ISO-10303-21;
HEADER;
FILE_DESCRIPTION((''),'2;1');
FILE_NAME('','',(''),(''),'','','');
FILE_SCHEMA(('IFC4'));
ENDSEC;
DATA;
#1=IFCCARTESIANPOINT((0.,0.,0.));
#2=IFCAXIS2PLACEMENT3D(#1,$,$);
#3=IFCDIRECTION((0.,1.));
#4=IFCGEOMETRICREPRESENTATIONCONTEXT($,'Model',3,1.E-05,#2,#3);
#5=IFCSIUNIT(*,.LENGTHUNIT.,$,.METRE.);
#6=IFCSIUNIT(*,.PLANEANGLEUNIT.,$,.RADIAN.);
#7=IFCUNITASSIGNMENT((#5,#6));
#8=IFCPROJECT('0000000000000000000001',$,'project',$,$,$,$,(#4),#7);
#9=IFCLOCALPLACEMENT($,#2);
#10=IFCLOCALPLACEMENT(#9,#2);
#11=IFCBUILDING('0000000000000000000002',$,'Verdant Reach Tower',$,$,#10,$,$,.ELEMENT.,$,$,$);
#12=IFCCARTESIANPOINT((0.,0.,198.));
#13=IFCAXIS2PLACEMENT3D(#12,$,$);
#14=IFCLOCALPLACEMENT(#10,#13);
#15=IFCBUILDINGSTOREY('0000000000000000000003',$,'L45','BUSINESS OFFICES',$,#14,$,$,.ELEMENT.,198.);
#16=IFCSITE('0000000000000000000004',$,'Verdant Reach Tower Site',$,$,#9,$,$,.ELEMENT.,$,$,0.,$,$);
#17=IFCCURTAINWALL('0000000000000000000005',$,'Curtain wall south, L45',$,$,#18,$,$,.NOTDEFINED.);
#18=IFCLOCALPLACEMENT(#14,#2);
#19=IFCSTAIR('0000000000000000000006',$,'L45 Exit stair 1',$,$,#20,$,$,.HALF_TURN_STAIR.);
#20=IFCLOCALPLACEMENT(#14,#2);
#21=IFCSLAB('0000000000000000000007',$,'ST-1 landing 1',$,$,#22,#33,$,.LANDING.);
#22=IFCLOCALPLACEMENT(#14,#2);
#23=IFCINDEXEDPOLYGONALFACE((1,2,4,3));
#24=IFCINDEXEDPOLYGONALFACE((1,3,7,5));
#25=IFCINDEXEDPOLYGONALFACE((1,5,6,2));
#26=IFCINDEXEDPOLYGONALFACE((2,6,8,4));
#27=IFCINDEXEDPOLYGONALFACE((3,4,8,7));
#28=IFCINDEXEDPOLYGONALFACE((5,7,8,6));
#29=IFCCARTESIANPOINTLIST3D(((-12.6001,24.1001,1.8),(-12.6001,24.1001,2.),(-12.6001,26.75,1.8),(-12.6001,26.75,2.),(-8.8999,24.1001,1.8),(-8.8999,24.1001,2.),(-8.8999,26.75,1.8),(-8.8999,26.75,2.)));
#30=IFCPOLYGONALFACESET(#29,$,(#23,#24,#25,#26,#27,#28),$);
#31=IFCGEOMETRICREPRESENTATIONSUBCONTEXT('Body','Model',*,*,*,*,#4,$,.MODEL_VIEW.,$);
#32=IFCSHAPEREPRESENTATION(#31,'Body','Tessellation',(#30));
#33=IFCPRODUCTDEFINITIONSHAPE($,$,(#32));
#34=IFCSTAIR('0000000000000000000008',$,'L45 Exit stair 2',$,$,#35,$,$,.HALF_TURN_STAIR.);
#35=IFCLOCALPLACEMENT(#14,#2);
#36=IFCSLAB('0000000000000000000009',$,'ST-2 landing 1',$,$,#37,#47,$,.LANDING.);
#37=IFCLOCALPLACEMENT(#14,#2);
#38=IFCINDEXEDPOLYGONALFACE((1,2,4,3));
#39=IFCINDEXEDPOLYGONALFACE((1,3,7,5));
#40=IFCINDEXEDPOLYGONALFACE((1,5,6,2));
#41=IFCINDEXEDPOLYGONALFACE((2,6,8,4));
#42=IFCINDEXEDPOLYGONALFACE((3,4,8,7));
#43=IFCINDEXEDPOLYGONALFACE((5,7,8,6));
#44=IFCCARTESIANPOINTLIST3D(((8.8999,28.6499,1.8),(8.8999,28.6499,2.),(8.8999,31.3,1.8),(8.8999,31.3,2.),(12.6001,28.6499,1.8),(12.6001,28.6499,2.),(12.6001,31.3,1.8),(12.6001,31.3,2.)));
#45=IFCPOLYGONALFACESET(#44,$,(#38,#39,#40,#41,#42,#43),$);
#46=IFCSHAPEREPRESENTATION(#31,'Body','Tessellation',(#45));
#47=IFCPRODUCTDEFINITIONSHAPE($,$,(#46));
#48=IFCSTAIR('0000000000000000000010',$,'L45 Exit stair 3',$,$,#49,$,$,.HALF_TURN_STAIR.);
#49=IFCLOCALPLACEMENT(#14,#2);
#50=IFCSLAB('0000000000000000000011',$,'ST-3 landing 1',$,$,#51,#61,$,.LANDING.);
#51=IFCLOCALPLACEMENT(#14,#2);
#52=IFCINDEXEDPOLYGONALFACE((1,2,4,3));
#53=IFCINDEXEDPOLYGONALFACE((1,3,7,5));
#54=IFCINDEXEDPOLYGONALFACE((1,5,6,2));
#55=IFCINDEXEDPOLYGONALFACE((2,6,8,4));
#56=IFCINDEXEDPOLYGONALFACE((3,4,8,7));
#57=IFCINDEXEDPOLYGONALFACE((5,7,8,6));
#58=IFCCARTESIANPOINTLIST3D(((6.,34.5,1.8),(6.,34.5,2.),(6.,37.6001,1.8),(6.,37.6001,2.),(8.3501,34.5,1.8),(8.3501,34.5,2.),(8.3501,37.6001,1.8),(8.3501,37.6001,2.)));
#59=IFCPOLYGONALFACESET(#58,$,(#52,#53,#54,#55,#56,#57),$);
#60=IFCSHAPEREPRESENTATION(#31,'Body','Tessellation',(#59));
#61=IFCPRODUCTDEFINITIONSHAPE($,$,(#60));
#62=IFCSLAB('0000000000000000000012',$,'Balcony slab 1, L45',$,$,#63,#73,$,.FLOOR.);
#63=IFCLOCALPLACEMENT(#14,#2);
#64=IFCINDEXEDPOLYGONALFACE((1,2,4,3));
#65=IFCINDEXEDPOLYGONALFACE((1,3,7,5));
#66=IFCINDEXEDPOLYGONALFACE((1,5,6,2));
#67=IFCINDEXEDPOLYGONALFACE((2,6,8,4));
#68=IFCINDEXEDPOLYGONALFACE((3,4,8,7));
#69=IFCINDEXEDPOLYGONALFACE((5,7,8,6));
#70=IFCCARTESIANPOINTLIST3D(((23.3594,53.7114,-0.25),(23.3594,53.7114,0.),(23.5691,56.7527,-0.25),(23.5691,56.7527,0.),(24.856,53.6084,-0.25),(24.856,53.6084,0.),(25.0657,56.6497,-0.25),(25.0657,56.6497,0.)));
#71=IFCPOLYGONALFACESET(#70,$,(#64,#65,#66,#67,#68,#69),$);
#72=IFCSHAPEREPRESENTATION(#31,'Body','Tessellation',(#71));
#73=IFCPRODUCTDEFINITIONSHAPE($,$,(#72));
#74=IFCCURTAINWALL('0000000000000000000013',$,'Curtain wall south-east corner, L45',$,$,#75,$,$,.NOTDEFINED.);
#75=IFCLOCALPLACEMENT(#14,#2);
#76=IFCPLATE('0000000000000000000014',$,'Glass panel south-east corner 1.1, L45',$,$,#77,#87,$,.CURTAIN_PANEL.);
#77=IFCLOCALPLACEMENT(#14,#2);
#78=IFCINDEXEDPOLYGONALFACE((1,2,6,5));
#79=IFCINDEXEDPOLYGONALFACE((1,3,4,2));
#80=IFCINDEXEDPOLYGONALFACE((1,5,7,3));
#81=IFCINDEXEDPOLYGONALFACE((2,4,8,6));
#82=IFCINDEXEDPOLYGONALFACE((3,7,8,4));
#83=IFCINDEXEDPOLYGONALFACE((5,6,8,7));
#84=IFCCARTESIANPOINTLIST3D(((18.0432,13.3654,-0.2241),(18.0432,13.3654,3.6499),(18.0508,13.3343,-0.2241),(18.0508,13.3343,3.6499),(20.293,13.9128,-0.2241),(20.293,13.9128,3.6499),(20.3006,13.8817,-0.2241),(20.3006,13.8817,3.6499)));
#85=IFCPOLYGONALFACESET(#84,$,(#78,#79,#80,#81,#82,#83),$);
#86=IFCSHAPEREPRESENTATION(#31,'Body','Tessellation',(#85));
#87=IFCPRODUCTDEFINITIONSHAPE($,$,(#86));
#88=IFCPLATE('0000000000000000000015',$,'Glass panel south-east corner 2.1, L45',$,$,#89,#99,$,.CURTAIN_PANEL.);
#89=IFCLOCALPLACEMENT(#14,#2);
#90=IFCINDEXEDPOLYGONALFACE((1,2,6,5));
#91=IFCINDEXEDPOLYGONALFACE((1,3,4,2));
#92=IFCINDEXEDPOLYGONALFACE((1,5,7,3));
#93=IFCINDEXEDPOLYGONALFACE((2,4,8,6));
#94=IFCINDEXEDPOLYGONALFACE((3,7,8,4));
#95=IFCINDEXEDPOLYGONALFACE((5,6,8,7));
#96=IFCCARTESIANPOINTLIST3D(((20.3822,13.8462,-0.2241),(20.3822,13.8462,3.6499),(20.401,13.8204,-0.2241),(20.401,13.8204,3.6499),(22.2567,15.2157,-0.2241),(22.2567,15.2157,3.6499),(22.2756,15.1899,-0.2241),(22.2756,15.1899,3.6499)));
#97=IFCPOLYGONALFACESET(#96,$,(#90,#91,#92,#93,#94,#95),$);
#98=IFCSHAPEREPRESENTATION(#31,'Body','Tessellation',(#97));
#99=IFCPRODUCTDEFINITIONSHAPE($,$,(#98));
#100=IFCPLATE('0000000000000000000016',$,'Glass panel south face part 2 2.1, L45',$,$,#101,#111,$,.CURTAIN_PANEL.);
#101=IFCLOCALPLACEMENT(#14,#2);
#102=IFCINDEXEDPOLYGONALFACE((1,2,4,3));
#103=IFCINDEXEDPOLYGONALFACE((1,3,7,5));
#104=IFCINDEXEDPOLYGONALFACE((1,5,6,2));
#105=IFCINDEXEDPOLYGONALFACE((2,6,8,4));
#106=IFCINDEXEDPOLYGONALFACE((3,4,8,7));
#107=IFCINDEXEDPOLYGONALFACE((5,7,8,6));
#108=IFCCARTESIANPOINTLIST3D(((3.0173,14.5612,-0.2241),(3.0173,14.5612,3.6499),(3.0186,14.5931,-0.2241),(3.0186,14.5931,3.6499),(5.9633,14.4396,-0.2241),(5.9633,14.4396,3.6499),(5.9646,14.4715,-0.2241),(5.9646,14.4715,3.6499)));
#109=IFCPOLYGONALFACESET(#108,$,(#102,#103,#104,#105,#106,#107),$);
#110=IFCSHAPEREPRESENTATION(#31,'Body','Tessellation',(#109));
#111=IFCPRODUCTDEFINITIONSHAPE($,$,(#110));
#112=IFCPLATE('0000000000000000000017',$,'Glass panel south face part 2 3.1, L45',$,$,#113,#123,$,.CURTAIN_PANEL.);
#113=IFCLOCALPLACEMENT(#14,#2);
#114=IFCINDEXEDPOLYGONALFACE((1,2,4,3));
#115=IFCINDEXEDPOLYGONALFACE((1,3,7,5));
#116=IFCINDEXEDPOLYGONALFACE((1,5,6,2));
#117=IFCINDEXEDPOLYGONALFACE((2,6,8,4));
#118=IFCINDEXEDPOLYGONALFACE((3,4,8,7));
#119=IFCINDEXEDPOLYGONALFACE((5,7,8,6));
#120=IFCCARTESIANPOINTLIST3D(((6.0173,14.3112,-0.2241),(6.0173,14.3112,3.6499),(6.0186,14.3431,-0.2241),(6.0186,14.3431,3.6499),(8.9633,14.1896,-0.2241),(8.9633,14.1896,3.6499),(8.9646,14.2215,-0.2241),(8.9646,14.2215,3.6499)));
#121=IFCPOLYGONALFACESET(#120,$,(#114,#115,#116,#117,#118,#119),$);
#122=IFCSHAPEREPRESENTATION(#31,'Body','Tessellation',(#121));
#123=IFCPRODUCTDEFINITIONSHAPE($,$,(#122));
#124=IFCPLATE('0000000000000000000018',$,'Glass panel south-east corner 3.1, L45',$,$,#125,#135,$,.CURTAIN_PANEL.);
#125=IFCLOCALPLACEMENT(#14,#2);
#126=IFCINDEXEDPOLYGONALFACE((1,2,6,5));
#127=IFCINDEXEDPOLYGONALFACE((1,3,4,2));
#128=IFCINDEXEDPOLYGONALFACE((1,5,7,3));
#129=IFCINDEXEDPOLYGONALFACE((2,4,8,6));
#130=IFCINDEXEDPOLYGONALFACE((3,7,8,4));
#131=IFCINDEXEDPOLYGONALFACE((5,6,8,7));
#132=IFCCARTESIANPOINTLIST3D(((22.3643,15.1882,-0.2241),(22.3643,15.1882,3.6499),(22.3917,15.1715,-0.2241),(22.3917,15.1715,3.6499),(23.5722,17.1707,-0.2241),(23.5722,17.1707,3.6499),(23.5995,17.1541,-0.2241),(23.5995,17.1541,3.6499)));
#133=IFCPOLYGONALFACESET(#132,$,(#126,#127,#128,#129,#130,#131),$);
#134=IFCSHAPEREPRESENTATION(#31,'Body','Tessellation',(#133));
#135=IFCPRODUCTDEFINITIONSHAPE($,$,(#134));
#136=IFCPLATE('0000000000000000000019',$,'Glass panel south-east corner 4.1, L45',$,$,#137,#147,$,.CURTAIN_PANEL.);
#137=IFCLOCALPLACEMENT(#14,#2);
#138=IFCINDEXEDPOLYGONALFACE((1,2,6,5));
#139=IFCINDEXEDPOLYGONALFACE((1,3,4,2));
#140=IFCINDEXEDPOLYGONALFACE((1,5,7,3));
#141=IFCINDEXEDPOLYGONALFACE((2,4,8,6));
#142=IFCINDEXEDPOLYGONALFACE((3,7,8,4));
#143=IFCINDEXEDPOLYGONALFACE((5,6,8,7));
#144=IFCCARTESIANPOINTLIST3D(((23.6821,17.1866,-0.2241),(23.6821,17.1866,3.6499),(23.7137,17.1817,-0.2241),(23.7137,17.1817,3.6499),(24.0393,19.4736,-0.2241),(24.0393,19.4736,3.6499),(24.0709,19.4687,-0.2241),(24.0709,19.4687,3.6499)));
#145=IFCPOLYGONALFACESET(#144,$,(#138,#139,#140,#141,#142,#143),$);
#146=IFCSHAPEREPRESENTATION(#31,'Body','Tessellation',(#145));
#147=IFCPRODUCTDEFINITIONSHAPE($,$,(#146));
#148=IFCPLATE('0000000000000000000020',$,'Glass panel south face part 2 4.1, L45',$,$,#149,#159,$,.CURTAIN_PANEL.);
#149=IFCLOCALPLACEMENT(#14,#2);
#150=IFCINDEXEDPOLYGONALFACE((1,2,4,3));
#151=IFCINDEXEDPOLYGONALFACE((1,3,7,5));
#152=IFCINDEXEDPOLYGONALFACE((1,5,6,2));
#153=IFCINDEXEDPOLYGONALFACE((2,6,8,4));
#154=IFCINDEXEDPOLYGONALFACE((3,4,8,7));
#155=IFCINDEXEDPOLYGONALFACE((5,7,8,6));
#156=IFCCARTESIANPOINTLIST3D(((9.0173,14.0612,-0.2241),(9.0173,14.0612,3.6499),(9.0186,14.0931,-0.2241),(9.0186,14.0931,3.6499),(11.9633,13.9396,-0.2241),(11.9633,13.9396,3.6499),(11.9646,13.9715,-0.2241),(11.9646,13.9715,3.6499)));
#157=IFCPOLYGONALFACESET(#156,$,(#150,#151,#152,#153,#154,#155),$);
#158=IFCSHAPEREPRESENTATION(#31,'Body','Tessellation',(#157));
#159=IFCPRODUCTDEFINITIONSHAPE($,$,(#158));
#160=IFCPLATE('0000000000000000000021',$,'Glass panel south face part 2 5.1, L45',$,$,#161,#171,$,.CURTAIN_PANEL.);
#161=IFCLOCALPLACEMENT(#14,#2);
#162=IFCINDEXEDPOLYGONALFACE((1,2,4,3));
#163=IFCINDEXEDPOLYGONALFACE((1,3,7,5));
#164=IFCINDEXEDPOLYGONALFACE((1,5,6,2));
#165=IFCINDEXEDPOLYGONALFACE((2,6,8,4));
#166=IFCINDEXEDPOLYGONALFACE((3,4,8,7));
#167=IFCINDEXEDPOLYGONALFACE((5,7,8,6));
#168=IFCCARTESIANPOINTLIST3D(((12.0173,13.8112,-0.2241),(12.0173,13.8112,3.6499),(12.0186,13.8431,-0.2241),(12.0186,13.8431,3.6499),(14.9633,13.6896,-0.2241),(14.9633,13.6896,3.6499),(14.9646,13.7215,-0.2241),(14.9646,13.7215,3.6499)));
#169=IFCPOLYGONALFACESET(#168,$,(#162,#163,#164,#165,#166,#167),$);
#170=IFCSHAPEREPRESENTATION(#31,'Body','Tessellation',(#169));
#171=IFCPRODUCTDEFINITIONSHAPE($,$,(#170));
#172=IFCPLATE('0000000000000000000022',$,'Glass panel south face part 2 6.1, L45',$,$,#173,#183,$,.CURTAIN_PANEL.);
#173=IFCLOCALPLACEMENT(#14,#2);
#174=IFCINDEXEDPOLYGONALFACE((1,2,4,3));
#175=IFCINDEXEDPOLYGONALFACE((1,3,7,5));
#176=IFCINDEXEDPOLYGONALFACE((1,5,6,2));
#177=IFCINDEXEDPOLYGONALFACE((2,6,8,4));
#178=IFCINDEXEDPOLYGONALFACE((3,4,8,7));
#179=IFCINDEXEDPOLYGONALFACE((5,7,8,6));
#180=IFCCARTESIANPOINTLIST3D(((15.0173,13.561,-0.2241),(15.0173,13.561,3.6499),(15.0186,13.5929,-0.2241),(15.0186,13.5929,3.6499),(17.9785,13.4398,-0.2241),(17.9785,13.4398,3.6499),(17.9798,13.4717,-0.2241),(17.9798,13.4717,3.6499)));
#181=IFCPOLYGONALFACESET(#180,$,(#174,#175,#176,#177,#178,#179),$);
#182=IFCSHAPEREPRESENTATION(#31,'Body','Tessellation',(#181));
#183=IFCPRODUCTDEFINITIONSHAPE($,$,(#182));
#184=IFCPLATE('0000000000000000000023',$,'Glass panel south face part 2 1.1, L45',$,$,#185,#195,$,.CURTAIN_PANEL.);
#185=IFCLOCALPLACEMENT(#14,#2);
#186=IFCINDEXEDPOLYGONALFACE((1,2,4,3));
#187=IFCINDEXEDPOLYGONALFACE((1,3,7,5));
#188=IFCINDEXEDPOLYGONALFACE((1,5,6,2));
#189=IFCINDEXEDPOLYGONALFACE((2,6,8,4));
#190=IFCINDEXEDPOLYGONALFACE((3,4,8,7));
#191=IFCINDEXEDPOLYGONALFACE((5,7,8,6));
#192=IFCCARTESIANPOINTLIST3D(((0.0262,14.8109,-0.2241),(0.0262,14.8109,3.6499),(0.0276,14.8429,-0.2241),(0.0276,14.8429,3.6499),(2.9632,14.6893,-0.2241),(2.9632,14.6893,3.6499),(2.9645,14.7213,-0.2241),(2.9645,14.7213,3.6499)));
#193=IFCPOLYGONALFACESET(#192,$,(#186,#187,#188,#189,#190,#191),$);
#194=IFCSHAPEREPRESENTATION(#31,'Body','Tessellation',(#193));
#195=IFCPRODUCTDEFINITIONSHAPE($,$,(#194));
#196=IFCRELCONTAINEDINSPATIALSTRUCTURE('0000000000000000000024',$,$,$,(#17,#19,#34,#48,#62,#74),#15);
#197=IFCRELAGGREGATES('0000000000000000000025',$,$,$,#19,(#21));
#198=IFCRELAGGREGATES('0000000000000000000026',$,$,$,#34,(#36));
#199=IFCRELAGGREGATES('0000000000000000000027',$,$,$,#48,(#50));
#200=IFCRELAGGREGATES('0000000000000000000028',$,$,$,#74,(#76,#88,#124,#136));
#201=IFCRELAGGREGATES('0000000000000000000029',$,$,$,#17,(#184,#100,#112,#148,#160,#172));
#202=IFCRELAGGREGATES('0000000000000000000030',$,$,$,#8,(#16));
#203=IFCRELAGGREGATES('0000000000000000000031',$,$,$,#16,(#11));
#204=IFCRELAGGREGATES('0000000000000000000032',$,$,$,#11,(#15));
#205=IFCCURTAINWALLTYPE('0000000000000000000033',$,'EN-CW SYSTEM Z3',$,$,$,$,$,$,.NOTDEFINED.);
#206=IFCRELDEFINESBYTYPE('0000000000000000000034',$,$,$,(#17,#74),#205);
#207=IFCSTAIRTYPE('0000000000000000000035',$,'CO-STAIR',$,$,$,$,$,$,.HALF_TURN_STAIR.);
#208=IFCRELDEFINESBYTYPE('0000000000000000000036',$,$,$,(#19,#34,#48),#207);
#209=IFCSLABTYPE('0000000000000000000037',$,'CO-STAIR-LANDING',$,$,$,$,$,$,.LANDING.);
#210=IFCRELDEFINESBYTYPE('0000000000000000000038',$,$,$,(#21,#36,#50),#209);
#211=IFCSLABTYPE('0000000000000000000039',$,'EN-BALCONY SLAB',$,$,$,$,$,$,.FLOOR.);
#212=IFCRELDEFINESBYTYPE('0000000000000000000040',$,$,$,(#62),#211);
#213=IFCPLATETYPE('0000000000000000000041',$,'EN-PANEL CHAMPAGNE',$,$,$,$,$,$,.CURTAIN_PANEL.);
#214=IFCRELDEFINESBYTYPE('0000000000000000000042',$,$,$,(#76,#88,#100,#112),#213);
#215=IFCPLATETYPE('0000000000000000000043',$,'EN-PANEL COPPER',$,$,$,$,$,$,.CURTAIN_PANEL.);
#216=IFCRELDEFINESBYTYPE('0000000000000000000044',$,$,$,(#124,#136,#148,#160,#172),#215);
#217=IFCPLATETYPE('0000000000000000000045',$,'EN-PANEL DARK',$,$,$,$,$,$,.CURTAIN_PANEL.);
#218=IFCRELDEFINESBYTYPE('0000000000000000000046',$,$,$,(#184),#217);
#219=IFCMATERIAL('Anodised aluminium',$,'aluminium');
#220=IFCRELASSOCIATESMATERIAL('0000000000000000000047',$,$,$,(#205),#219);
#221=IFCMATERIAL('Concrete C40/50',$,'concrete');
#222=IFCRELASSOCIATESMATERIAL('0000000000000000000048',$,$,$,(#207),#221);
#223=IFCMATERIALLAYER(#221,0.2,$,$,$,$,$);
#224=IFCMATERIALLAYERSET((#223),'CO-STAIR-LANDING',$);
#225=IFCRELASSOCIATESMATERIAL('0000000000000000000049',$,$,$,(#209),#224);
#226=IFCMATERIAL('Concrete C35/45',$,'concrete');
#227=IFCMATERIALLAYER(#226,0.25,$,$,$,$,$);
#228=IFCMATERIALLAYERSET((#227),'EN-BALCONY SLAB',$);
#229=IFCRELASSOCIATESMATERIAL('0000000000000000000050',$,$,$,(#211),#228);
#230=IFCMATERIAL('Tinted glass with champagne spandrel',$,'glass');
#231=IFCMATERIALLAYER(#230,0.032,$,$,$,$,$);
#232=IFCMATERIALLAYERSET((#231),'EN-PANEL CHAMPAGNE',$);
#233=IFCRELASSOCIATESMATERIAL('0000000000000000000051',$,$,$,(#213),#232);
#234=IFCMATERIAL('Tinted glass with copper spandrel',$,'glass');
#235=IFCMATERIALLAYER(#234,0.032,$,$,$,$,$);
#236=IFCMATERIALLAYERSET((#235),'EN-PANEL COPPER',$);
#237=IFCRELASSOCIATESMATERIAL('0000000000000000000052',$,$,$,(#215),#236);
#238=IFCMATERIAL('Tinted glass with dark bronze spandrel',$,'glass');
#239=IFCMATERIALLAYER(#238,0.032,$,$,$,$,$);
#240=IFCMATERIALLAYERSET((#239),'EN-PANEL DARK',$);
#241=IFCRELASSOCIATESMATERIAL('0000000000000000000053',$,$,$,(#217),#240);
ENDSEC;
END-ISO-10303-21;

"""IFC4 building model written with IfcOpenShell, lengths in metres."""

from ifc_helpers import new_model, si_unit, direction, frame, origin, origin_2d, place, context, subcontext, project, spatial, polyline, rectangle, outline, extrude, material, layer, layer_set, type_object, element, aggregate, save


model = new_model("IFC4")

# Units and contexts
model_context = context("Model", 3, precision=1e-05, world=origin(), true_north=direction((0.0, 1.0)))
body_context = subcontext(model_context, "Body", "Model", "MODEL_VIEW")
ifc_project = project(units=[si_unit("LENGTHUNIT", "METRE"), si_unit("PLANEANGLEUNIT", "RADIAN")], contexts=[model_context])

# Site, building, storey
site_placement = place(None, origin())
site = spatial("IfcSite", under=ifc_project, at=site_placement, Name="Verdant Reach Tower Site", CompositionType="ELEMENT", RefElevation=0.0)
building_placement = place(site_placement, origin())
building = spatial("IfcBuilding", under=site, at=building_placement, Name="Verdant Reach Tower", CompositionType="ELEMENT")
storey_placement = place(building_placement, frame((0.0, 0.0, 198.0)))
storey = spatial("IfcBuildingStorey", under=building, at=storey_placement, Name="L45", Description="BUSINESS OFFICES", CompositionType="ELEMENT", Elevation=198.0)

# Curtain wall
ifc_material_1 = material(Name="Anodised aluminium", Category="aluminium")
curtain_wall_type = type_object("IfcCurtainWallType", Name="EN-CW SYSTEM Z3", PredefinedType="NOTDEFINED", material=ifc_material_1)
curtain_wall_1_placement = place(storey_placement, origin())
curtain_wall_1 = element("IfcCurtainWall", 1, at=curtain_wall_1_placement, inside=storey, type_object=curtain_wall_type, Name="Curtain wall south, L45", PredefinedType="NOTDEFINED")

# Stairs, slabs
ifc_material_2 = material(Name="Concrete C40/50", Category="concrete")
stair_type = type_object("IfcStairType", Name="CO-STAIR", PredefinedType="HALF_TURN_STAIR", material=ifc_material_2)
stair_1_placement = place(storey_placement, origin())
stair_1 = element("IfcStair", 2, at=stair_1_placement, inside=storey, type_object=stair_type, Name="L45 Exit stair 1", PredefinedType="HALF_TURN_STAIR")
ifc_layer_1 = layer(ifc_material_2, 0.2)
ifc_layer_set_1 = layer_set([ifc_layer_1], Name="CO-STAIR-LANDING")
slab_type_1 = type_object("IfcSlabType", Name="CO-STAIR-LANDING", PredefinedType="LANDING", material=ifc_layer_set_1)
slab_1_placement = place(storey_placement, frame((0.0, 0.0, 1.8)))
slab_1 = element("IfcSlab", 3, at=slab_1_placement, type_object=slab_type_1, Name="ST-1 landing 1", PredefinedType="LANDING", context=body_context, shape_type="SweptSolid", body=[
    extrude(outline(polyline([(-12.6001, 26.75), (-12.6001, 24.1001), (-8.8999, 24.1001), (-8.8999, 26.75), (-12.6001, 26.75)])), origin(), (0.0, 0.0, 1.0), 0.2),
])
aggregate(stair_1, [slab_1])
stair_2_placement = place(storey_placement, origin())
stair_2 = element("IfcStair", 4, at=stair_2_placement, inside=storey, type_object=stair_type, Name="L45 Exit stair 2", PredefinedType="HALF_TURN_STAIR")
slab_2_placement = place(storey_placement, frame((0.0, 0.0, 1.8)))
slab_2 = element("IfcSlab", 5, at=slab_2_placement, type_object=slab_type_1, Name="ST-2 landing 1", PredefinedType="LANDING", context=body_context, shape_type="SweptSolid", body=[
    extrude(outline(polyline([(12.6001, 28.6499), (12.6001, 31.3), (8.8999, 31.3), (8.8999, 28.6499), (12.6001, 28.6499)])), origin(), (0.0, 0.0, 1.0), 0.2),
])
aggregate(stair_2, [slab_2])
stair_3_placement = place(storey_placement, origin())
stair_3 = element("IfcStair", 6, at=stair_3_placement, inside=storey, type_object=stair_type, Name="L45 Exit stair 3", PredefinedType="HALF_TURN_STAIR")
slab_3_placement = place(storey_placement, frame((0.0, 0.0, 1.8)))
slab_3 = element("IfcSlab", 7, at=slab_3_placement, type_object=slab_type_1, Name="ST-3 landing 1", PredefinedType="LANDING", context=body_context, shape_type="SweptSolid", body=[
    extrude(outline(polyline([(8.3501, 37.6001), (6.0, 37.6001), (6.0, 34.5), (8.3501, 34.5), (8.3501, 37.6001)])), origin(), (0.0, 0.0, 1.0), 0.2),
])
aggregate(stair_3, [slab_3])

# Slab
ifc_material_3 = material(Name="Concrete C35/45", Category="concrete")
ifc_layer_2 = layer(ifc_material_3, 0.25)
ifc_layer_set_2 = layer_set([ifc_layer_2], Name="EN-BALCONY SLAB")
slab_type_2 = type_object("IfcSlabType", Name="EN-BALCONY SLAB", PredefinedType="FLOOR", material=ifc_layer_set_2)
slab_4_placement = place(storey_placement, frame((0.0, 0.0, -0.25)))
element("IfcSlab", 8, at=slab_4_placement, inside=storey, type_object=slab_type_2, Name="Balcony slab 1, L45", PredefinedType="FLOOR", context=body_context, shape_type="SweptSolid", body=[
    extrude(outline(polyline([(23.3594, 53.7114), (23.5691, 56.7527), (25.0657, 56.6497), (24.856, 53.6084), (23.3594, 53.7114)])), origin(), (0.0, 0.0, 1.0), 0.25),
])

# Curtain wall, plates
curtain_wall_2_placement = place(storey_placement, origin())
curtain_wall_2 = element("IfcCurtainWall", 9, at=curtain_wall_2_placement, inside=storey, type_object=curtain_wall_type, Name="Curtain wall south-east corner, L45", PredefinedType="NOTDEFINED")
ifc_material_4 = material(Name="Tinted glass with champagne spandrel", Category="glass")
ifc_layer_3 = layer(ifc_material_4, 0.032)
ifc_layer_set_3 = layer_set([ifc_layer_3], Name="EN-PANEL CHAMPAGNE")
plate_type_1 = type_object("IfcPlateType", Name="EN-PANEL CHAMPAGNE", PredefinedType="CURTAIN_PANEL", material=ifc_layer_set_3)
plate_1_placement = place(storey_placement, frame((19.1719, 13.6235, -0.2241), z_axis=(0.0, 0.0, 1.0), x_axis=(0.971655, 0.236403, 0.0)))
plate_1 = element("IfcPlate", 10, at=plate_1_placement, type_object=plate_type_1, Name="Glass panel south-east corner 1.1, L45", PredefinedType="CURTAIN_PANEL", context=body_context, shape_type="SweptSolid", body=[
    extrude(rectangle(XDim=2.3154, YDim=0.032, at=origin_2d()), origin(), (0.0, 0.0, 1.0), 3.874),
])
plate_2_placement = place(storey_placement, frame((21.3289, 14.5181, -0.2241), z_axis=(0.0, 0.0, 1.0), x_axis=(0.807457, 0.589927, 0.0)))
plate_2 = element("IfcPlate", 11, at=plate_2_placement, type_object=plate_type_1, Name="Glass panel south-east corner 2.1, L45", PredefinedType="CURTAIN_PANEL", context=body_context, shape_type="SweptSolid", body=[
    extrude(rectangle(XDim=2.3215, YDim=0.032, at=origin_2d()), origin(), (0.0, 0.0, 1.0), 3.874),
])

# Plates
plate_3_placement = place(storey_placement, frame((4.491, 14.5164, -0.2241), z_axis=(0.0, 0.0, 1.0), x_axis=(0.999149, -0.041242, 0.0)))
plate_3 = element("IfcPlate", 12, at=plate_3_placement, type_object=plate_type_1, Name="Glass panel south face part 2 2.1, L45", PredefinedType="CURTAIN_PANEL", context=body_context, shape_type="SweptSolid", body=[
    extrude(rectangle(XDim=2.9485, YDim=0.032, at=origin_2d()), origin(), (0.0, 0.0, 1.0), 3.874),
])
plate_4_placement = place(storey_placement, frame((7.491, 14.2664, -0.2241), z_axis=(0.0, 0.0, 1.0), x_axis=(0.999149, -0.041242, 0.0)))
plate_4 = element("IfcPlate", 13, at=plate_4_placement, type_object=plate_type_1, Name="Glass panel south face part 2 3.1, L45", PredefinedType="CURTAIN_PANEL", context=body_context, shape_type="SweptSolid", body=[
    extrude(rectangle(XDim=2.9485, YDim=0.032, at=origin_2d()), origin(), (0.0, 0.0, 1.0), 3.874),
])
ifc_material_5 = material(Name="Tinted glass with copper spandrel", Category="glass")
ifc_layer_4 = layer(ifc_material_5, 0.032)
ifc_layer_set_4 = layer_set([ifc_layer_4], Name="EN-PANEL COPPER")
plate_type_2 = type_object("IfcPlateType", Name="EN-PANEL COPPER", PredefinedType="CURTAIN_PANEL", material=ifc_layer_set_4)
plate_5_placement = place(storey_placement, frame((22.9819, 16.1711, -0.2241), z_axis=(0.0, 0.0, 1.0), x_axis=(0.520292, 0.853989, 0.0)))
plate_5 = element("IfcPlate", 14, at=plate_5_placement, type_object=plate_type_2, Name="Glass panel south-east corner 3.1, L45", PredefinedType="CURTAIN_PANEL", context=body_context, shape_type="SweptSolid", body=[
    extrude(rectangle(XDim=2.3215, YDim=0.032, at=origin_2d()), origin(), (0.0, 0.0, 1.0), 3.874),
])
plate_6_placement = place(storey_placement, frame((23.8765, 18.3276, -0.2241), z_axis=(0.0, 0.0, 1.0), x_axis=(0.154312, 0.988022, 0.0)))
plate_6 = element("IfcPlate", 15, at=plate_6_placement, type_object=plate_type_2, Name="Glass panel south-east corner 4.1, L45", PredefinedType="CURTAIN_PANEL", context=body_context, shape_type="SweptSolid", body=[
    extrude(rectangle(XDim=2.3147, YDim=0.032, at=origin_2d()), origin(), (0.0, 0.0, 1.0), 3.874),
])
aggregate(curtain_wall_2, [plate_1, plate_2, plate_5, plate_6])
plate_7_placement = place(storey_placement, frame((10.491, 14.0164, -0.2241), z_axis=(0.0, 0.0, 1.0), x_axis=(0.999149, -0.041242, 0.0)))
plate_7 = element("IfcPlate", 16, at=plate_7_placement, type_object=plate_type_2, Name="Glass panel south face part 2 4.1, L45", PredefinedType="CURTAIN_PANEL", context=body_context, shape_type="SweptSolid", body=[
    extrude(rectangle(XDim=2.9485, YDim=0.032, at=origin_2d()), origin(), (0.0, 0.0, 1.0), 3.874),
])
plate_8_placement = place(storey_placement, frame((13.491, 13.7664, -0.2241), z_axis=(0.0, 0.0, 1.0), x_axis=(0.999149, -0.041242, 0.0)))
plate_8 = element("IfcPlate", 17, at=plate_8_placement, type_object=plate_type_2, Name="Glass panel south face part 2 5.1, L45", PredefinedType="CURTAIN_PANEL", context=body_context, shape_type="SweptSolid", body=[
    extrude(rectangle(XDim=2.9485, YDim=0.032, at=origin_2d()), origin(), (0.0, 0.0, 1.0), 3.874),
])
plate_9_placement = place(storey_placement, frame((16.4985, 13.5164, -0.2241), z_axis=(0.0, 0.0, 1.0), x_axis=(0.999164, -0.040891, 0.0)))
plate_9 = element("IfcPlate", 18, at=plate_9_placement, type_object=plate_type_2, Name="Glass panel south face part 2 6.1, L45", PredefinedType="CURTAIN_PANEL", context=body_context, shape_type="SweptSolid", body=[
    extrude(rectangle(XDim=2.9636, YDim=0.032, at=origin_2d()), origin(), (0.0, 0.0, 1.0), 3.874),
])
ifc_material_6 = material(Name="Tinted glass with dark bronze spandrel", Category="glass")
ifc_layer_5 = layer(ifc_material_6, 0.032)
ifc_layer_set_5 = layer_set([ifc_layer_5], Name="EN-PANEL DARK")
plate_type_3 = type_object("IfcPlateType", Name="EN-PANEL DARK", PredefinedType="CURTAIN_PANEL", material=ifc_layer_set_5)
plate_10_placement = place(storey_placement, frame((1.4954, 14.7661, -0.2241), z_axis=(0.0, 0.0, 1.0), x_axis=(0.999144, -0.041367, 0.0)))
plate_10 = element("IfcPlate", 19, at=plate_10_placement, type_object=plate_type_3, Name="Glass panel south face part 2 1.1, L45", PredefinedType="CURTAIN_PANEL", context=body_context, shape_type="SweptSolid", body=[
    extrude(rectangle(XDim=2.9395, YDim=0.032, at=origin_2d()), origin(), (0.0, 0.0, 1.0), 3.874),
])
aggregate(curtain_wall_1, [plate_10, plate_3, plate_4, plate_7, plate_8, plate_9])

save(model, "model.ifc")
